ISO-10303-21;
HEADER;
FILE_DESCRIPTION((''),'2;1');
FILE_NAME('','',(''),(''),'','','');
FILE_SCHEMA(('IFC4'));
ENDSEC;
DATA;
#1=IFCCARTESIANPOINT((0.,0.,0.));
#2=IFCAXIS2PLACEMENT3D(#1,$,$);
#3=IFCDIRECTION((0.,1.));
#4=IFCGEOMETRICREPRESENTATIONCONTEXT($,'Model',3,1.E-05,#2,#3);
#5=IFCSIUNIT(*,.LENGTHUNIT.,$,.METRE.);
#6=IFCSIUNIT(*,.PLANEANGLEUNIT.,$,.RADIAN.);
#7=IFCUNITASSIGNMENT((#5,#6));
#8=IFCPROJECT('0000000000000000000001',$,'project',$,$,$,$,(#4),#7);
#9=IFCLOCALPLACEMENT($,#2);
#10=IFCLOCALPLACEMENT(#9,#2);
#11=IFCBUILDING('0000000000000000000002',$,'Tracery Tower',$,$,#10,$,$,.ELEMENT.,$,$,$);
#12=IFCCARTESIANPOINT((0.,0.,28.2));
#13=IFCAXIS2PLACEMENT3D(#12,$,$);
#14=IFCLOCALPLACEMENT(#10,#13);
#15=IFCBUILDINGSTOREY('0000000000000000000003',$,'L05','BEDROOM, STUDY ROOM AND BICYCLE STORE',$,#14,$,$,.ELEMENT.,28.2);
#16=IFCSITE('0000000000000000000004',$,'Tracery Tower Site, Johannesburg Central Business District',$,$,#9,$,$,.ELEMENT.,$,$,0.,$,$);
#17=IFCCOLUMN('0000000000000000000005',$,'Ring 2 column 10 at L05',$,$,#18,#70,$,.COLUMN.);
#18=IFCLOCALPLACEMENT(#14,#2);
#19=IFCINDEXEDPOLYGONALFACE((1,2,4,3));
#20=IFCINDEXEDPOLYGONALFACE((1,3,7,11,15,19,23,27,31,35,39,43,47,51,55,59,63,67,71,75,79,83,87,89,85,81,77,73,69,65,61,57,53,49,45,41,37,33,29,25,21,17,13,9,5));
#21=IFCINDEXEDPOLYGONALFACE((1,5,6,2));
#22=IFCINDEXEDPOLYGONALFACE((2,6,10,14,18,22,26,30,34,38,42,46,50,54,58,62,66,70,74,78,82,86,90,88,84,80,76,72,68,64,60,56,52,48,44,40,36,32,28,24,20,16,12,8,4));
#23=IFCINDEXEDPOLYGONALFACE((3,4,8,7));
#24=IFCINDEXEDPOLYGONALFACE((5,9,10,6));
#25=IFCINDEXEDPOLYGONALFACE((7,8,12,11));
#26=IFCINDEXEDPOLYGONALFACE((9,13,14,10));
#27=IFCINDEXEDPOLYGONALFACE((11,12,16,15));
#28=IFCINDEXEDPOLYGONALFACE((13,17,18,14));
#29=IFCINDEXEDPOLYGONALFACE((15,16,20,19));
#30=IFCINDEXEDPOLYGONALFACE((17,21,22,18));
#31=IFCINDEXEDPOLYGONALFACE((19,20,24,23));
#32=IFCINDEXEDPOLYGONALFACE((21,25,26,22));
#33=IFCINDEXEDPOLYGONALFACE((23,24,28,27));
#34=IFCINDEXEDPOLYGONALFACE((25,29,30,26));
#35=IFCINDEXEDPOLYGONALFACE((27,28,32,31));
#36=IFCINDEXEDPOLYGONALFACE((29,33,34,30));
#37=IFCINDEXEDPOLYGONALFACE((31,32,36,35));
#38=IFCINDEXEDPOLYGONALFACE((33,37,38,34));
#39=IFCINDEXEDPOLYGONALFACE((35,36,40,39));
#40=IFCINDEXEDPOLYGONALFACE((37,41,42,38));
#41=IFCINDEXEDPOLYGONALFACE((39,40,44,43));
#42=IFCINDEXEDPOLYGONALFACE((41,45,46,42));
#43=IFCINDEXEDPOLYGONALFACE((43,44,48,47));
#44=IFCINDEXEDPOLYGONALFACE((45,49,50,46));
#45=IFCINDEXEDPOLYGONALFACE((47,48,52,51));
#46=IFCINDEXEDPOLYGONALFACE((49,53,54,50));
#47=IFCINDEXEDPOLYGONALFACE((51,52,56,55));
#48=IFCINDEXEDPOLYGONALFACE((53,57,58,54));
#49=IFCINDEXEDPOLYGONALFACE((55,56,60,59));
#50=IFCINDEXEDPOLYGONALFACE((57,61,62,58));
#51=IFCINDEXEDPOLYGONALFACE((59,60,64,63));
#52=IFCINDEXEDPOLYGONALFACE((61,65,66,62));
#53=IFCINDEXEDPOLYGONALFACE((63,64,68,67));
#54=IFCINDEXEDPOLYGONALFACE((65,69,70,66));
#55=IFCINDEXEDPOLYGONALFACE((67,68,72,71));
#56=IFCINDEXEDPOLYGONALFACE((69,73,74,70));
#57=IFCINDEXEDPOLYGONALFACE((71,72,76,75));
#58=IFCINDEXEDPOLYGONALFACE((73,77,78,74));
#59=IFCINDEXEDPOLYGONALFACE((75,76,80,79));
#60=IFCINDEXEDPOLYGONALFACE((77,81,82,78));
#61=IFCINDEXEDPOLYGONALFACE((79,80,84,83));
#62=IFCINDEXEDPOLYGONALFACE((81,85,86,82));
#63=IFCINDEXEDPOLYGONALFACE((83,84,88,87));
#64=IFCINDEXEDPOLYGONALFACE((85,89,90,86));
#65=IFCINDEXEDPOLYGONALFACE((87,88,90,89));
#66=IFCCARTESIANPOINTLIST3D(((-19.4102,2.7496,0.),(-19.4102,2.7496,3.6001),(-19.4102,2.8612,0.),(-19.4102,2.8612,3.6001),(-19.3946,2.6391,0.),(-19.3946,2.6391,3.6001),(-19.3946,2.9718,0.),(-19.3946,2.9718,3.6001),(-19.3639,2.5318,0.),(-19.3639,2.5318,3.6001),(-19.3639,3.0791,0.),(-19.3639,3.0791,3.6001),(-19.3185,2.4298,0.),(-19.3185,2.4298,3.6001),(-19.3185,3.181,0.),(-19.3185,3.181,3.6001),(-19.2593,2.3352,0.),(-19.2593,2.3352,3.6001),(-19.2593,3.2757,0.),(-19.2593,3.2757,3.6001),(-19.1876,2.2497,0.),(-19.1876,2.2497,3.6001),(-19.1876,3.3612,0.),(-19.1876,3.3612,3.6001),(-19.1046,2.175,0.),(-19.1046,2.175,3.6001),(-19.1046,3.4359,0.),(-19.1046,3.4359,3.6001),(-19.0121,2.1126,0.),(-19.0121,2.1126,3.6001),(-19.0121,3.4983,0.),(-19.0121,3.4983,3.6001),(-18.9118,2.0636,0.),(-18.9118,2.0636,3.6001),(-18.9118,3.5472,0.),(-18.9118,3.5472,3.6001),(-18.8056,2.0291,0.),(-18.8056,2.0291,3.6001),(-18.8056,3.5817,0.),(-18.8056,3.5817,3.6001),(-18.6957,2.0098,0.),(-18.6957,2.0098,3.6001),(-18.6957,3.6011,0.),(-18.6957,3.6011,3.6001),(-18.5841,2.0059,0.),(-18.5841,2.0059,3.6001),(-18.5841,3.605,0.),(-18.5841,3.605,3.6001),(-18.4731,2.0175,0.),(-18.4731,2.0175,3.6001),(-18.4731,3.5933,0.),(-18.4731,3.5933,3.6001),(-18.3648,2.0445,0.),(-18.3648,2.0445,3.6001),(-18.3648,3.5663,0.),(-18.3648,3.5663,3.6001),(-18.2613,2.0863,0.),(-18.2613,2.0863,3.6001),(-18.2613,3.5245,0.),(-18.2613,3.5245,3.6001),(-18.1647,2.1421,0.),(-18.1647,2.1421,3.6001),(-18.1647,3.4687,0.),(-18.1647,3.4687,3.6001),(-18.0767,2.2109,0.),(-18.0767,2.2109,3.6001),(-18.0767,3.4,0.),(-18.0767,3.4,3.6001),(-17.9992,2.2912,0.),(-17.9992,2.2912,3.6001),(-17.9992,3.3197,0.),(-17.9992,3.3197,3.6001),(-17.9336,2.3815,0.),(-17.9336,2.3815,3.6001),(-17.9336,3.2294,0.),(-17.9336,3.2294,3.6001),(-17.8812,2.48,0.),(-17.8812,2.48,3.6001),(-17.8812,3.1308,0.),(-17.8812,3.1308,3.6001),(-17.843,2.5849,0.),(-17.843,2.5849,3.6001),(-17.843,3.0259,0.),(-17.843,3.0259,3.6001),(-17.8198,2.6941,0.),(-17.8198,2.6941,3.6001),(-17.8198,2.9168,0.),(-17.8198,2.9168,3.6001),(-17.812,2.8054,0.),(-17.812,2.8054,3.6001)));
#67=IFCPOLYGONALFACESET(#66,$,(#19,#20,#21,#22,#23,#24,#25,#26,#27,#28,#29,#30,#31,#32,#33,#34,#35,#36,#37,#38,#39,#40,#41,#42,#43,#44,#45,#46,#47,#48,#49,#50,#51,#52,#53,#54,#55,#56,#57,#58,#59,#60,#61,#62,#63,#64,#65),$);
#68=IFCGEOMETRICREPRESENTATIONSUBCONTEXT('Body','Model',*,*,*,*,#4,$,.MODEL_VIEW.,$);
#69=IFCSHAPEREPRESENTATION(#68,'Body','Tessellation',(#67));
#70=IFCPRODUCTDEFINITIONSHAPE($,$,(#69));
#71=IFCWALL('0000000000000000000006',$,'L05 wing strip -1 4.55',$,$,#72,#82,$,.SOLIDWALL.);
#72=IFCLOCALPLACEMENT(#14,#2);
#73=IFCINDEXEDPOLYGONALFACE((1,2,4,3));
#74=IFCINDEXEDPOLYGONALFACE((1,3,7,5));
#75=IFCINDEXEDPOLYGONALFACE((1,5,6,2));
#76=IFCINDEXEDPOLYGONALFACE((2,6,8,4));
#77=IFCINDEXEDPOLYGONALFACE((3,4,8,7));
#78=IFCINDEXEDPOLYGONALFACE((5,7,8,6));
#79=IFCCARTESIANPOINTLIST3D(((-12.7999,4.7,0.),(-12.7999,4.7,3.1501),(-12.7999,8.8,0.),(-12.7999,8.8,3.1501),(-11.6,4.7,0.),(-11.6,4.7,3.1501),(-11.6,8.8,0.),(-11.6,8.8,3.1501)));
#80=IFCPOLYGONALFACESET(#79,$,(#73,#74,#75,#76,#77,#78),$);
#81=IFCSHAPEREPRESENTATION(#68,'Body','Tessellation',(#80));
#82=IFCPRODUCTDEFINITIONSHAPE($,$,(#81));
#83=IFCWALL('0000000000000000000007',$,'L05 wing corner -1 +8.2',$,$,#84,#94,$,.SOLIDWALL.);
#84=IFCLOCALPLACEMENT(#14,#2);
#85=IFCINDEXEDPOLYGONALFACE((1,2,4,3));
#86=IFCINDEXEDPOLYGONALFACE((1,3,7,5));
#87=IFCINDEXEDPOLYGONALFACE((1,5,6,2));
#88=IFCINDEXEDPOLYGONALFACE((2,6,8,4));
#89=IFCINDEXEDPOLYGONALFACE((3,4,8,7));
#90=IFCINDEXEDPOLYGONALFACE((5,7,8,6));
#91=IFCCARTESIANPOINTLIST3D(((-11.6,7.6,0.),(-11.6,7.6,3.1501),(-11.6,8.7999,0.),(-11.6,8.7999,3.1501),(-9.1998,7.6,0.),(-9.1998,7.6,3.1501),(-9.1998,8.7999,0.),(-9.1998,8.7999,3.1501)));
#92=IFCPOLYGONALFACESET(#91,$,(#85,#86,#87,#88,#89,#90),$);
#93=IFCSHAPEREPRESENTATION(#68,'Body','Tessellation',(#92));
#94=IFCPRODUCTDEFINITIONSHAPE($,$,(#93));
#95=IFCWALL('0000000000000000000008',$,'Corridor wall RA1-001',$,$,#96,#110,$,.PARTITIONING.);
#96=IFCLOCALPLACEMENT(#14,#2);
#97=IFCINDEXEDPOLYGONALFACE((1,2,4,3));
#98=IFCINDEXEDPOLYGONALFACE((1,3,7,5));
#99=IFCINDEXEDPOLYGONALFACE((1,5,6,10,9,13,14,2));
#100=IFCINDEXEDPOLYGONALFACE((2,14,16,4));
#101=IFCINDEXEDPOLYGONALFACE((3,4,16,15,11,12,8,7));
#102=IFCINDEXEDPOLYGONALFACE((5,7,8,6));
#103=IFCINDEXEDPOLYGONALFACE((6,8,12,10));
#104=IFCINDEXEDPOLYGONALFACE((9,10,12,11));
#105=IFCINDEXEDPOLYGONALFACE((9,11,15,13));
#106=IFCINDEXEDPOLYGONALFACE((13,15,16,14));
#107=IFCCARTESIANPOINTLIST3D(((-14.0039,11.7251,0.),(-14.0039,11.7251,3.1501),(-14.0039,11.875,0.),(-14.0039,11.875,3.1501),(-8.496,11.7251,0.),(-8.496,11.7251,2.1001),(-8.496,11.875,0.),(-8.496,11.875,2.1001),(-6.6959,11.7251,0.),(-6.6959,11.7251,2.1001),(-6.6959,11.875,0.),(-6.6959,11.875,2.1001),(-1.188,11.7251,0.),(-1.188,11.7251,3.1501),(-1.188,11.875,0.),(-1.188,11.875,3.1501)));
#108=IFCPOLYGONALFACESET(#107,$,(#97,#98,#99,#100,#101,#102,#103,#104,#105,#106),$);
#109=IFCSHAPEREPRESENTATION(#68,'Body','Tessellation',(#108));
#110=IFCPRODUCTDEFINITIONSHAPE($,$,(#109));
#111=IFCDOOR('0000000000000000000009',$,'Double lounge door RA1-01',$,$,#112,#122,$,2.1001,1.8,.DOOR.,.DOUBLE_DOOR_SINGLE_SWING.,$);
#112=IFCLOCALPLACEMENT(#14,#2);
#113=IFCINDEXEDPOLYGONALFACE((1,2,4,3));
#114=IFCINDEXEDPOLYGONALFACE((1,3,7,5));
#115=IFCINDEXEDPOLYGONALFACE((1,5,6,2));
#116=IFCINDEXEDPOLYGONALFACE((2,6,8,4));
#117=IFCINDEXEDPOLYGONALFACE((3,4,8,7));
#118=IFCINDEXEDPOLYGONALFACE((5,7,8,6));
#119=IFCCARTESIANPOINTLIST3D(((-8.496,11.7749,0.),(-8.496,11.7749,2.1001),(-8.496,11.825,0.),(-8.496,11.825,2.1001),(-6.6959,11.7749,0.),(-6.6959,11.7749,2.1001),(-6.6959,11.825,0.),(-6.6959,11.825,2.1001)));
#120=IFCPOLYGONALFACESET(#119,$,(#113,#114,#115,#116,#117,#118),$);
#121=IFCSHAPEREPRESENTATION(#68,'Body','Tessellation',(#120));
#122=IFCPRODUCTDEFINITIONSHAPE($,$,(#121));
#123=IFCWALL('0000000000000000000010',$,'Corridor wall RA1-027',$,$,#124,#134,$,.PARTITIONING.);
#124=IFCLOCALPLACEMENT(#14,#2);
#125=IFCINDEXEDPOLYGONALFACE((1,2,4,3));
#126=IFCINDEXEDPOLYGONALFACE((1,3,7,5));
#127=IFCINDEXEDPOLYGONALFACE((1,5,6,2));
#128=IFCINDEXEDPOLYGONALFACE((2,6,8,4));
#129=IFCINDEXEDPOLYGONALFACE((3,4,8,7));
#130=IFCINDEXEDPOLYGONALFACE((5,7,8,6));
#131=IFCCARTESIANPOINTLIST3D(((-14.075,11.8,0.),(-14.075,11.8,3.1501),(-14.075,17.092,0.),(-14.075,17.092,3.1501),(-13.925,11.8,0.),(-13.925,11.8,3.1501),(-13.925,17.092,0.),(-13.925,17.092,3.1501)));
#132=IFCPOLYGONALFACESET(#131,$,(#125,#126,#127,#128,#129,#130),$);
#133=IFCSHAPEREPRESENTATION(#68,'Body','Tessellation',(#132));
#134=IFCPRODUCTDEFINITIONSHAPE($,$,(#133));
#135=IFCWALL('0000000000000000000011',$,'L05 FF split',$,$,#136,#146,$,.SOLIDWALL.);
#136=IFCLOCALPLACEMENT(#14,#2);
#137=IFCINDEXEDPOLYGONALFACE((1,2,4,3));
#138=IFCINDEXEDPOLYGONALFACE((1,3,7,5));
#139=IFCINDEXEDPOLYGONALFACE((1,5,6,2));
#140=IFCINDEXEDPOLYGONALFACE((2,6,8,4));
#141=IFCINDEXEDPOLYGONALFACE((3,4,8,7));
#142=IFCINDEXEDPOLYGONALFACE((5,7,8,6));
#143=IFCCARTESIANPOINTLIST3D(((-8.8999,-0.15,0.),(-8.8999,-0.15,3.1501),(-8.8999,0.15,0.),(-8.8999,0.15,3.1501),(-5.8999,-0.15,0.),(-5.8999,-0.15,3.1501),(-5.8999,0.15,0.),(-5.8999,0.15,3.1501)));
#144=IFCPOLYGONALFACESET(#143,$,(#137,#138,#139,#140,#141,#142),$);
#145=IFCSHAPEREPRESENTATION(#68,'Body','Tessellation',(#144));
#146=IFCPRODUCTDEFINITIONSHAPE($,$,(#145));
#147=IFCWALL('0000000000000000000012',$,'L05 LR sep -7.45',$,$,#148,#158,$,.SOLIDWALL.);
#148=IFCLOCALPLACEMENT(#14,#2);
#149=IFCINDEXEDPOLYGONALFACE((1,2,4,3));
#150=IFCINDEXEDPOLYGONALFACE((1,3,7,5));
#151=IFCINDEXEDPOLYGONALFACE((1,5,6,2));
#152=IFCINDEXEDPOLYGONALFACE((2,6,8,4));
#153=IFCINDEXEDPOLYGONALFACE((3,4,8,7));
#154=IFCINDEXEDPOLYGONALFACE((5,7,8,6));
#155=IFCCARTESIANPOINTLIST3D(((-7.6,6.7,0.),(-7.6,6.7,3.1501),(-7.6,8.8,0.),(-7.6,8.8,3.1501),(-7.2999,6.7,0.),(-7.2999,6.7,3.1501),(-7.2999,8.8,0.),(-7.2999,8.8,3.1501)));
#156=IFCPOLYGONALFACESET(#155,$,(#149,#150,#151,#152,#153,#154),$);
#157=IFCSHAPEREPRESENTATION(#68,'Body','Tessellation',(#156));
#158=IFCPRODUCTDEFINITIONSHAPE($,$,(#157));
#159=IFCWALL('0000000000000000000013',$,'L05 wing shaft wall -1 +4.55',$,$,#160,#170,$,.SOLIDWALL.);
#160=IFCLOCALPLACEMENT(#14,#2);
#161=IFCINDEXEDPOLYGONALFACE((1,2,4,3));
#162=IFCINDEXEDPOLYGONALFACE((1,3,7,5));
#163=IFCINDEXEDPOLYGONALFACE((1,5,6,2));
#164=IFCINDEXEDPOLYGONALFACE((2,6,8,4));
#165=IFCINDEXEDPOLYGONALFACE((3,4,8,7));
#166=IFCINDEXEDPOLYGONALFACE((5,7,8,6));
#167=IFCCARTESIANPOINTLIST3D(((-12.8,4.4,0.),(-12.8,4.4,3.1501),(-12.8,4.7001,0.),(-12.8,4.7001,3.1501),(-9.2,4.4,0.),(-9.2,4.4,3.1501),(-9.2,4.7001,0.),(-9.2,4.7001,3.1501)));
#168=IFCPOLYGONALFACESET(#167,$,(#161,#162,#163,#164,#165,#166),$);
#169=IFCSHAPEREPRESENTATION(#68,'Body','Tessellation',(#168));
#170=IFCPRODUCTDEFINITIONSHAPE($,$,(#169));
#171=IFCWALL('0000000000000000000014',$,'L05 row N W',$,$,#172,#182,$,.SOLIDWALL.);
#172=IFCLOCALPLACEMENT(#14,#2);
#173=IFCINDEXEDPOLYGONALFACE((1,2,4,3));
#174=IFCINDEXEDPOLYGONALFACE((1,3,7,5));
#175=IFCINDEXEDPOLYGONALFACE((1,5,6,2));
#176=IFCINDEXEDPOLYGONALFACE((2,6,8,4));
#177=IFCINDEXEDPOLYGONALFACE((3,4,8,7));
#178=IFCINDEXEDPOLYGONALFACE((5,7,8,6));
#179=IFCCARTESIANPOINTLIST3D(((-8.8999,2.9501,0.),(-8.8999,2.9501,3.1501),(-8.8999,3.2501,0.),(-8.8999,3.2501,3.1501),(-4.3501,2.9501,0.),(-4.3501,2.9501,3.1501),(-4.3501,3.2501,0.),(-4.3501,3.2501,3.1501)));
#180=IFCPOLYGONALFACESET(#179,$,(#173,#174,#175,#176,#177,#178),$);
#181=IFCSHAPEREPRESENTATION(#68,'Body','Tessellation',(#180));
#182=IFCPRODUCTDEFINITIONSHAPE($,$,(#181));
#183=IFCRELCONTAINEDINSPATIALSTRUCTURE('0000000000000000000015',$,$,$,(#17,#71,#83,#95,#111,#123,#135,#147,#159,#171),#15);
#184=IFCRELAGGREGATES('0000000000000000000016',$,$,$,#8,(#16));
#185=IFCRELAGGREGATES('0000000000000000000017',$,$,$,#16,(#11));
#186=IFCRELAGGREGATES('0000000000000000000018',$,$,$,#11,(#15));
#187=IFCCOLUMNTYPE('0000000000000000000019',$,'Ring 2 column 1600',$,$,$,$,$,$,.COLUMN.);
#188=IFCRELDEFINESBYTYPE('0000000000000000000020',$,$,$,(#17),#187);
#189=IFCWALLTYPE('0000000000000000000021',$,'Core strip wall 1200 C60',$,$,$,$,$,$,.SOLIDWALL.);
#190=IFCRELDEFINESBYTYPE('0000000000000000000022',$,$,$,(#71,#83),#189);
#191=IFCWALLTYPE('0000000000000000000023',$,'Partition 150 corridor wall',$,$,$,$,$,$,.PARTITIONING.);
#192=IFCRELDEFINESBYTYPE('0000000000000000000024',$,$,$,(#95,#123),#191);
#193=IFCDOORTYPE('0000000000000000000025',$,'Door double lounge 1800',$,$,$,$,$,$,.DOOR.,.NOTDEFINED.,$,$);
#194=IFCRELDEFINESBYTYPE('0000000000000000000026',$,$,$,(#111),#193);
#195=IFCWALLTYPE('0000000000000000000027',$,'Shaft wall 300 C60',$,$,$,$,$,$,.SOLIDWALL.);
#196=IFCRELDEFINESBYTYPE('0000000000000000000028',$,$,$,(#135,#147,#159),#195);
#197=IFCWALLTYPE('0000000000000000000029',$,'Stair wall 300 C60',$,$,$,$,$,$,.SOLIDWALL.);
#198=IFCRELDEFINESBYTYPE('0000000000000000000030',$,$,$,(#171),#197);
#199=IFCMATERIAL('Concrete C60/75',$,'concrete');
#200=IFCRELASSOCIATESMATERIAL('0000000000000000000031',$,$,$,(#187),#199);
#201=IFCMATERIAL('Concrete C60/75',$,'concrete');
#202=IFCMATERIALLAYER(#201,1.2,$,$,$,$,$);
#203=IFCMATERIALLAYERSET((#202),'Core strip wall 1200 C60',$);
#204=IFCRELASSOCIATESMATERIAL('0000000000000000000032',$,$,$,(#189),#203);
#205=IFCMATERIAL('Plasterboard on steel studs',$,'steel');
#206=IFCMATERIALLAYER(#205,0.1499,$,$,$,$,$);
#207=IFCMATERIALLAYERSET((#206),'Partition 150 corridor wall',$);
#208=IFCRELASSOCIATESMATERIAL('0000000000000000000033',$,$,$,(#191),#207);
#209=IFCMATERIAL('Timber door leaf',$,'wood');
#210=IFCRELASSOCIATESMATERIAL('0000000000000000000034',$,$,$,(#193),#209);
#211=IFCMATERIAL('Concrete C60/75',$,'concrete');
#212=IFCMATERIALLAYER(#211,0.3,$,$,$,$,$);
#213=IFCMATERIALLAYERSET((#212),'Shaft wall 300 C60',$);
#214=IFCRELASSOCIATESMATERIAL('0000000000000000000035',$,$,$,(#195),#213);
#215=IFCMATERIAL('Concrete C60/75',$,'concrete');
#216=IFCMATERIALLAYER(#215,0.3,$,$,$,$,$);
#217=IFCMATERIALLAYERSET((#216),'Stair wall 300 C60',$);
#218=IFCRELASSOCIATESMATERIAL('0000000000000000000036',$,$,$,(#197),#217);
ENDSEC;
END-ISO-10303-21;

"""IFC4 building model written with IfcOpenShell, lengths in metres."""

from ifc_helpers import new_model, si_unit, direction, frame, frame_2d, origin, origin_2d, place, context, subcontext, project, spatial, rectangle, circle, extrude, material, layer, layer_set, material_profile, profile_set, type_object, element, fill, save


model = new_model("IFC4")

# Units and contexts
model_context = context("Model", 3, precision=1e-05, world=origin(), true_north=direction((0.0, 1.0)))
body_context = subcontext(model_context, "Body", "Model", "MODEL_VIEW")
ifc_project = project(units=[si_unit("LENGTHUNIT", "METRE"), si_unit("PLANEANGLEUNIT", "RADIAN")], contexts=[model_context])

# Site, building, storey
site_placement = place(None, origin())
site = spatial("IfcSite", under=ifc_project, at=site_placement, Name="Tracery Tower Site, Johannesburg Central Business District", CompositionType="ELEMENT", RefElevation=0.0)
building_placement = place(site_placement, origin())
building = spatial("IfcBuilding", under=site, at=building_placement, Name="Tracery Tower", CompositionType="ELEMENT")
storey_placement = place(building_placement, frame((0.0, 0.0, 28.2)))
storey = spatial("IfcBuildingStorey", under=building, at=storey_placement, Name="L05", Description="BEDROOM, STUDY ROOM AND BICYCLE STORE", CompositionType="ELEMENT", Elevation=28.2)

# Column
ifc_material_1 = material(Name="Concrete C60/75", Category="concrete")
ifc_material_profile = material_profile(ifc_material_1, circle(Radius=0.8, at=origin_2d()), Name="RC D1600")
ifc_profile_set = profile_set([ifc_material_profile], Name="Concrete C60/75")
column_type = type_object("IfcColumnType", Name="Ring 2 column 1600", PredefinedType="COLUMN", material=ifc_profile_set)
for number, where, z_axis, x_axis, name in (
    (1, (-18.6121, 2.8054, 0.0), (0.0, 0.0, 1.0), (1.0, 0.0, 0.0), "Ring 2 column 10 at L05"),
):
    element("IfcColumn", number, at=place(storey_placement, frame(where, z_axis=z_axis, x_axis=x_axis)), inside=storey, type_object=column_type, Name=name, PredefinedType="COLUMN", context=body_context, shape_type="SweptSolid", body=[
        extrude(circle(Radius=0.8, at=origin_2d()), origin(), (0.0, 0.0, 1.0), 3.6001),
    ])

# Walls
ifc_material_2 = material(Name="Concrete C60/75", Category="concrete")
ifc_layer_1 = layer(ifc_material_2, 1.2)
ifc_layer_set_1 = layer_set([ifc_layer_1], Name="Core strip wall 1200 C60")
wall_type_1 = type_object("IfcWallType", Name="Core strip wall 1200 C60", PredefinedType="SOLIDWALL", material=ifc_layer_set_1)
wall_1_placement = place(storey_placement, frame((-12.2, 4.7, 0.0), z_axis=(0.0, 0.0, 1.0), x_axis=(0.0, 1.0, 0.0)))
element("IfcWall", 2, at=wall_1_placement, inside=storey, type_object=wall_type_1, Name="L05 wing strip -1 4.55", PredefinedType="SOLIDWALL", context=body_context, shape_type="SweptSolid", body=[
    extrude(rectangle(XDim=4.1001, YDim=1.2, at=frame_2d((2.05, 0.0))), origin(), (0.0, 0.0, 1.0), 3.1501),
])
wall_2_placement = place(storey_placement, frame((-11.6001, 8.2, 0.0), z_axis=(0.0, 0.0, 1.0), x_axis=(1.0, 0.0, 0.0)))
element("IfcWall", 3, at=wall_2_placement, inside=storey, type_object=wall_type_1, Name="L05 wing corner -1 +8.2", PredefinedType="SOLIDWALL", context=body_context, shape_type="SweptSolid", body=[
    extrude(rectangle(XDim=2.4001, YDim=1.2, at=frame_2d((1.2002, 0.0))), origin(), (0.0, 0.0, 1.0), 3.1501),
])

# Wall, opening, door
ifc_material_3 = material(Name="Plasterboard on steel studs", Category="steel")
ifc_layer_2 = layer(ifc_material_3, 0.1499)
ifc_layer_set_2 = layer_set([ifc_layer_2], Name="Partition 150 corridor wall")
wall_type_2 = type_object("IfcWallType", Name="Partition 150 corridor wall", PredefinedType="PARTITIONING", material=ifc_layer_set_2)
wall_3_placement = place(storey_placement, frame((-14.0039, 11.8, 0.0), z_axis=(0.0, 0.0, 1.0), x_axis=(1.0, 0.0, 0.0)))
wall_3 = element("IfcWall", 4, at=wall_3_placement, inside=storey, type_object=wall_type_2, Name="Corridor wall RA1-001", PredefinedType="PARTITIONING", context=body_context, shape_type="SweptSolid", body=[
    extrude(rectangle(XDim=12.8159, YDim=0.1499, at=frame_2d((6.408, 0.0))), origin(), (0.0, 0.0, 1.0), 3.1501),
])
opening_1_placement = place(wall_3_placement, frame((5.5081, 0.0, 0.0)))
opening_1 = element("IfcOpeningElement", 5, at=opening_1_placement, cuts=wall_3, PredefinedType="OPENING", context=body_context, shape_type="SweptSolid", body=[
    extrude(rectangle(XDim=1.8, YDim=2.1001, at=frame_2d((0.8999, 1.05))), frame((0.0, 0.075, 0.0), z_axis=(0.0, -1.0, 0.0), x_axis=(1.0, 0.0, 0.0)), (0.0, 0.0, 1.0), 0.1499),
])
ifc_material_4 = material(Name="Timber door leaf", Category="wood")
door_type_1 = type_object("IfcDoorType", Name="Door double lounge 1800", OperationType="NOTDEFINED", PredefinedType="DOOR", material=ifc_material_4)
door_1_placement = place(opening_1_placement, origin())
door_1 = element("IfcDoor", 6, at=door_1_placement, inside=storey, type_object=door_type_1, Name="Double lounge door RA1-01", OperationType="DOUBLE_DOOR_SINGLE_SWING", OverallHeight=2.1001, OverallWidth=1.8, PredefinedType="DOOR", context=body_context, shape_type="SweptSolid", body=[
    extrude(rectangle(XDim=1.8, YDim=2.1001, at=frame_2d((0.8999, 1.05))), frame((0.0, 0.0249, 0.0), z_axis=(0.0, -1.0, 0.0), x_axis=(1.0, 0.0, 0.0)), (0.0, 0.0, 1.0), 0.05),
])
fill(opening_1, door_1)

# Walls
wall_4_placement = place(storey_placement, frame((-14.0, 11.8, 0.0), z_axis=(0.0, 0.0, 1.0), x_axis=(0.0, 1.0, 0.0)))
element("IfcWall", 7, at=wall_4_placement, inside=storey, type_object=wall_type_2, Name="Corridor wall RA1-027", PredefinedType="PARTITIONING", context=body_context, shape_type="SweptSolid", body=[
    extrude(rectangle(XDim=5.292, YDim=0.1499, at=frame_2d((2.646, 0.0))), origin(), (0.0, 0.0, 1.0), 3.1501),
])
ifc_material_5 = material(Name="Concrete C60/75", Category="concrete")
ifc_layer_3 = layer(ifc_material_5, 0.3)
ifc_layer_set_3 = layer_set([ifc_layer_3], Name="Shaft wall 300 C60")
wall_type_3 = type_object("IfcWallType", Name="Shaft wall 300 C60", PredefinedType="SOLIDWALL", material=ifc_layer_set_3)
wall_5_placement = place(storey_placement, frame((-8.8999, 0.0, 0.0), z_axis=(0.0, 0.0, 1.0), x_axis=(1.0, 0.0, 0.0)))
element("IfcWall", 8, at=wall_5_placement, inside=storey, type_object=wall_type_3, Name="L05 FF split", PredefinedType="SOLIDWALL", context=body_context, shape_type="SweptSolid", body=[
    extrude(rectangle(XDim=3.0, YDim=0.3, at=frame_2d((1.5, 0.0))), origin(), (0.0, 0.0, 1.0), 3.1501),
])
wall_6_placement = place(storey_placement, frame((-7.45, 6.7, 0.0), z_axis=(0.0, 0.0, 1.0), x_axis=(0.0, 1.0, 0.0)))
element("IfcWall", 9, at=wall_6_placement, inside=storey, type_object=wall_type_3, Name="L05 LR sep -7.45", PredefinedType="SOLIDWALL", context=body_context, shape_type="SweptSolid", body=[
    extrude(rectangle(XDim=2.1001, YDim=0.3, at=frame_2d((1.05, 0.0))), origin(), (0.0, 0.0, 1.0), 3.1501),
])

# Wall
wall_7_placement = place(storey_placement, frame((-12.8, 4.55, 0.0), z_axis=(0.0, 0.0, 1.0), x_axis=(1.0, 0.0, 0.0)))
element("IfcWall", 10, at=wall_7_placement, inside=storey, type_object=wall_type_3, Name="L05 wing shaft wall -1 +4.55", PredefinedType="SOLIDWALL", context=body_context, shape_type="SweptSolid", body=[
    extrude(rectangle(XDim=3.6001, YDim=0.3, at=frame_2d((1.8, 0.0))), origin(), (0.0, 0.0, 1.0), 3.1501),
])

# Wall
ifc_material_6 = material(Name="Concrete C60/75", Category="concrete")
ifc_layer_4 = layer(ifc_material_6, 0.3)
ifc_layer_set_4 = layer_set([ifc_layer_4], Name="Stair wall 300 C60")
wall_type_4 = type_object("IfcWallType", Name="Stair wall 300 C60", PredefinedType="SOLIDWALL", material=ifc_layer_set_4)
wall_8_placement = place(storey_placement, frame((-8.8999, 3.1001, 0.0), z_axis=(0.0, 0.0, 1.0), x_axis=(1.0, 0.0, 0.0)))
element("IfcWall", 11, at=wall_8_placement, inside=storey, type_object=wall_type_4, Name="L05 row N W", PredefinedType="SOLIDWALL", context=body_context, shape_type="SweptSolid", body=[
    extrude(rectangle(XDim=4.5498, YDim=0.3, at=frame_2d((2.2749, 0.0))), origin(), (0.0, 0.0, 1.0), 3.1501),
])

save(model, "model.ifc")
